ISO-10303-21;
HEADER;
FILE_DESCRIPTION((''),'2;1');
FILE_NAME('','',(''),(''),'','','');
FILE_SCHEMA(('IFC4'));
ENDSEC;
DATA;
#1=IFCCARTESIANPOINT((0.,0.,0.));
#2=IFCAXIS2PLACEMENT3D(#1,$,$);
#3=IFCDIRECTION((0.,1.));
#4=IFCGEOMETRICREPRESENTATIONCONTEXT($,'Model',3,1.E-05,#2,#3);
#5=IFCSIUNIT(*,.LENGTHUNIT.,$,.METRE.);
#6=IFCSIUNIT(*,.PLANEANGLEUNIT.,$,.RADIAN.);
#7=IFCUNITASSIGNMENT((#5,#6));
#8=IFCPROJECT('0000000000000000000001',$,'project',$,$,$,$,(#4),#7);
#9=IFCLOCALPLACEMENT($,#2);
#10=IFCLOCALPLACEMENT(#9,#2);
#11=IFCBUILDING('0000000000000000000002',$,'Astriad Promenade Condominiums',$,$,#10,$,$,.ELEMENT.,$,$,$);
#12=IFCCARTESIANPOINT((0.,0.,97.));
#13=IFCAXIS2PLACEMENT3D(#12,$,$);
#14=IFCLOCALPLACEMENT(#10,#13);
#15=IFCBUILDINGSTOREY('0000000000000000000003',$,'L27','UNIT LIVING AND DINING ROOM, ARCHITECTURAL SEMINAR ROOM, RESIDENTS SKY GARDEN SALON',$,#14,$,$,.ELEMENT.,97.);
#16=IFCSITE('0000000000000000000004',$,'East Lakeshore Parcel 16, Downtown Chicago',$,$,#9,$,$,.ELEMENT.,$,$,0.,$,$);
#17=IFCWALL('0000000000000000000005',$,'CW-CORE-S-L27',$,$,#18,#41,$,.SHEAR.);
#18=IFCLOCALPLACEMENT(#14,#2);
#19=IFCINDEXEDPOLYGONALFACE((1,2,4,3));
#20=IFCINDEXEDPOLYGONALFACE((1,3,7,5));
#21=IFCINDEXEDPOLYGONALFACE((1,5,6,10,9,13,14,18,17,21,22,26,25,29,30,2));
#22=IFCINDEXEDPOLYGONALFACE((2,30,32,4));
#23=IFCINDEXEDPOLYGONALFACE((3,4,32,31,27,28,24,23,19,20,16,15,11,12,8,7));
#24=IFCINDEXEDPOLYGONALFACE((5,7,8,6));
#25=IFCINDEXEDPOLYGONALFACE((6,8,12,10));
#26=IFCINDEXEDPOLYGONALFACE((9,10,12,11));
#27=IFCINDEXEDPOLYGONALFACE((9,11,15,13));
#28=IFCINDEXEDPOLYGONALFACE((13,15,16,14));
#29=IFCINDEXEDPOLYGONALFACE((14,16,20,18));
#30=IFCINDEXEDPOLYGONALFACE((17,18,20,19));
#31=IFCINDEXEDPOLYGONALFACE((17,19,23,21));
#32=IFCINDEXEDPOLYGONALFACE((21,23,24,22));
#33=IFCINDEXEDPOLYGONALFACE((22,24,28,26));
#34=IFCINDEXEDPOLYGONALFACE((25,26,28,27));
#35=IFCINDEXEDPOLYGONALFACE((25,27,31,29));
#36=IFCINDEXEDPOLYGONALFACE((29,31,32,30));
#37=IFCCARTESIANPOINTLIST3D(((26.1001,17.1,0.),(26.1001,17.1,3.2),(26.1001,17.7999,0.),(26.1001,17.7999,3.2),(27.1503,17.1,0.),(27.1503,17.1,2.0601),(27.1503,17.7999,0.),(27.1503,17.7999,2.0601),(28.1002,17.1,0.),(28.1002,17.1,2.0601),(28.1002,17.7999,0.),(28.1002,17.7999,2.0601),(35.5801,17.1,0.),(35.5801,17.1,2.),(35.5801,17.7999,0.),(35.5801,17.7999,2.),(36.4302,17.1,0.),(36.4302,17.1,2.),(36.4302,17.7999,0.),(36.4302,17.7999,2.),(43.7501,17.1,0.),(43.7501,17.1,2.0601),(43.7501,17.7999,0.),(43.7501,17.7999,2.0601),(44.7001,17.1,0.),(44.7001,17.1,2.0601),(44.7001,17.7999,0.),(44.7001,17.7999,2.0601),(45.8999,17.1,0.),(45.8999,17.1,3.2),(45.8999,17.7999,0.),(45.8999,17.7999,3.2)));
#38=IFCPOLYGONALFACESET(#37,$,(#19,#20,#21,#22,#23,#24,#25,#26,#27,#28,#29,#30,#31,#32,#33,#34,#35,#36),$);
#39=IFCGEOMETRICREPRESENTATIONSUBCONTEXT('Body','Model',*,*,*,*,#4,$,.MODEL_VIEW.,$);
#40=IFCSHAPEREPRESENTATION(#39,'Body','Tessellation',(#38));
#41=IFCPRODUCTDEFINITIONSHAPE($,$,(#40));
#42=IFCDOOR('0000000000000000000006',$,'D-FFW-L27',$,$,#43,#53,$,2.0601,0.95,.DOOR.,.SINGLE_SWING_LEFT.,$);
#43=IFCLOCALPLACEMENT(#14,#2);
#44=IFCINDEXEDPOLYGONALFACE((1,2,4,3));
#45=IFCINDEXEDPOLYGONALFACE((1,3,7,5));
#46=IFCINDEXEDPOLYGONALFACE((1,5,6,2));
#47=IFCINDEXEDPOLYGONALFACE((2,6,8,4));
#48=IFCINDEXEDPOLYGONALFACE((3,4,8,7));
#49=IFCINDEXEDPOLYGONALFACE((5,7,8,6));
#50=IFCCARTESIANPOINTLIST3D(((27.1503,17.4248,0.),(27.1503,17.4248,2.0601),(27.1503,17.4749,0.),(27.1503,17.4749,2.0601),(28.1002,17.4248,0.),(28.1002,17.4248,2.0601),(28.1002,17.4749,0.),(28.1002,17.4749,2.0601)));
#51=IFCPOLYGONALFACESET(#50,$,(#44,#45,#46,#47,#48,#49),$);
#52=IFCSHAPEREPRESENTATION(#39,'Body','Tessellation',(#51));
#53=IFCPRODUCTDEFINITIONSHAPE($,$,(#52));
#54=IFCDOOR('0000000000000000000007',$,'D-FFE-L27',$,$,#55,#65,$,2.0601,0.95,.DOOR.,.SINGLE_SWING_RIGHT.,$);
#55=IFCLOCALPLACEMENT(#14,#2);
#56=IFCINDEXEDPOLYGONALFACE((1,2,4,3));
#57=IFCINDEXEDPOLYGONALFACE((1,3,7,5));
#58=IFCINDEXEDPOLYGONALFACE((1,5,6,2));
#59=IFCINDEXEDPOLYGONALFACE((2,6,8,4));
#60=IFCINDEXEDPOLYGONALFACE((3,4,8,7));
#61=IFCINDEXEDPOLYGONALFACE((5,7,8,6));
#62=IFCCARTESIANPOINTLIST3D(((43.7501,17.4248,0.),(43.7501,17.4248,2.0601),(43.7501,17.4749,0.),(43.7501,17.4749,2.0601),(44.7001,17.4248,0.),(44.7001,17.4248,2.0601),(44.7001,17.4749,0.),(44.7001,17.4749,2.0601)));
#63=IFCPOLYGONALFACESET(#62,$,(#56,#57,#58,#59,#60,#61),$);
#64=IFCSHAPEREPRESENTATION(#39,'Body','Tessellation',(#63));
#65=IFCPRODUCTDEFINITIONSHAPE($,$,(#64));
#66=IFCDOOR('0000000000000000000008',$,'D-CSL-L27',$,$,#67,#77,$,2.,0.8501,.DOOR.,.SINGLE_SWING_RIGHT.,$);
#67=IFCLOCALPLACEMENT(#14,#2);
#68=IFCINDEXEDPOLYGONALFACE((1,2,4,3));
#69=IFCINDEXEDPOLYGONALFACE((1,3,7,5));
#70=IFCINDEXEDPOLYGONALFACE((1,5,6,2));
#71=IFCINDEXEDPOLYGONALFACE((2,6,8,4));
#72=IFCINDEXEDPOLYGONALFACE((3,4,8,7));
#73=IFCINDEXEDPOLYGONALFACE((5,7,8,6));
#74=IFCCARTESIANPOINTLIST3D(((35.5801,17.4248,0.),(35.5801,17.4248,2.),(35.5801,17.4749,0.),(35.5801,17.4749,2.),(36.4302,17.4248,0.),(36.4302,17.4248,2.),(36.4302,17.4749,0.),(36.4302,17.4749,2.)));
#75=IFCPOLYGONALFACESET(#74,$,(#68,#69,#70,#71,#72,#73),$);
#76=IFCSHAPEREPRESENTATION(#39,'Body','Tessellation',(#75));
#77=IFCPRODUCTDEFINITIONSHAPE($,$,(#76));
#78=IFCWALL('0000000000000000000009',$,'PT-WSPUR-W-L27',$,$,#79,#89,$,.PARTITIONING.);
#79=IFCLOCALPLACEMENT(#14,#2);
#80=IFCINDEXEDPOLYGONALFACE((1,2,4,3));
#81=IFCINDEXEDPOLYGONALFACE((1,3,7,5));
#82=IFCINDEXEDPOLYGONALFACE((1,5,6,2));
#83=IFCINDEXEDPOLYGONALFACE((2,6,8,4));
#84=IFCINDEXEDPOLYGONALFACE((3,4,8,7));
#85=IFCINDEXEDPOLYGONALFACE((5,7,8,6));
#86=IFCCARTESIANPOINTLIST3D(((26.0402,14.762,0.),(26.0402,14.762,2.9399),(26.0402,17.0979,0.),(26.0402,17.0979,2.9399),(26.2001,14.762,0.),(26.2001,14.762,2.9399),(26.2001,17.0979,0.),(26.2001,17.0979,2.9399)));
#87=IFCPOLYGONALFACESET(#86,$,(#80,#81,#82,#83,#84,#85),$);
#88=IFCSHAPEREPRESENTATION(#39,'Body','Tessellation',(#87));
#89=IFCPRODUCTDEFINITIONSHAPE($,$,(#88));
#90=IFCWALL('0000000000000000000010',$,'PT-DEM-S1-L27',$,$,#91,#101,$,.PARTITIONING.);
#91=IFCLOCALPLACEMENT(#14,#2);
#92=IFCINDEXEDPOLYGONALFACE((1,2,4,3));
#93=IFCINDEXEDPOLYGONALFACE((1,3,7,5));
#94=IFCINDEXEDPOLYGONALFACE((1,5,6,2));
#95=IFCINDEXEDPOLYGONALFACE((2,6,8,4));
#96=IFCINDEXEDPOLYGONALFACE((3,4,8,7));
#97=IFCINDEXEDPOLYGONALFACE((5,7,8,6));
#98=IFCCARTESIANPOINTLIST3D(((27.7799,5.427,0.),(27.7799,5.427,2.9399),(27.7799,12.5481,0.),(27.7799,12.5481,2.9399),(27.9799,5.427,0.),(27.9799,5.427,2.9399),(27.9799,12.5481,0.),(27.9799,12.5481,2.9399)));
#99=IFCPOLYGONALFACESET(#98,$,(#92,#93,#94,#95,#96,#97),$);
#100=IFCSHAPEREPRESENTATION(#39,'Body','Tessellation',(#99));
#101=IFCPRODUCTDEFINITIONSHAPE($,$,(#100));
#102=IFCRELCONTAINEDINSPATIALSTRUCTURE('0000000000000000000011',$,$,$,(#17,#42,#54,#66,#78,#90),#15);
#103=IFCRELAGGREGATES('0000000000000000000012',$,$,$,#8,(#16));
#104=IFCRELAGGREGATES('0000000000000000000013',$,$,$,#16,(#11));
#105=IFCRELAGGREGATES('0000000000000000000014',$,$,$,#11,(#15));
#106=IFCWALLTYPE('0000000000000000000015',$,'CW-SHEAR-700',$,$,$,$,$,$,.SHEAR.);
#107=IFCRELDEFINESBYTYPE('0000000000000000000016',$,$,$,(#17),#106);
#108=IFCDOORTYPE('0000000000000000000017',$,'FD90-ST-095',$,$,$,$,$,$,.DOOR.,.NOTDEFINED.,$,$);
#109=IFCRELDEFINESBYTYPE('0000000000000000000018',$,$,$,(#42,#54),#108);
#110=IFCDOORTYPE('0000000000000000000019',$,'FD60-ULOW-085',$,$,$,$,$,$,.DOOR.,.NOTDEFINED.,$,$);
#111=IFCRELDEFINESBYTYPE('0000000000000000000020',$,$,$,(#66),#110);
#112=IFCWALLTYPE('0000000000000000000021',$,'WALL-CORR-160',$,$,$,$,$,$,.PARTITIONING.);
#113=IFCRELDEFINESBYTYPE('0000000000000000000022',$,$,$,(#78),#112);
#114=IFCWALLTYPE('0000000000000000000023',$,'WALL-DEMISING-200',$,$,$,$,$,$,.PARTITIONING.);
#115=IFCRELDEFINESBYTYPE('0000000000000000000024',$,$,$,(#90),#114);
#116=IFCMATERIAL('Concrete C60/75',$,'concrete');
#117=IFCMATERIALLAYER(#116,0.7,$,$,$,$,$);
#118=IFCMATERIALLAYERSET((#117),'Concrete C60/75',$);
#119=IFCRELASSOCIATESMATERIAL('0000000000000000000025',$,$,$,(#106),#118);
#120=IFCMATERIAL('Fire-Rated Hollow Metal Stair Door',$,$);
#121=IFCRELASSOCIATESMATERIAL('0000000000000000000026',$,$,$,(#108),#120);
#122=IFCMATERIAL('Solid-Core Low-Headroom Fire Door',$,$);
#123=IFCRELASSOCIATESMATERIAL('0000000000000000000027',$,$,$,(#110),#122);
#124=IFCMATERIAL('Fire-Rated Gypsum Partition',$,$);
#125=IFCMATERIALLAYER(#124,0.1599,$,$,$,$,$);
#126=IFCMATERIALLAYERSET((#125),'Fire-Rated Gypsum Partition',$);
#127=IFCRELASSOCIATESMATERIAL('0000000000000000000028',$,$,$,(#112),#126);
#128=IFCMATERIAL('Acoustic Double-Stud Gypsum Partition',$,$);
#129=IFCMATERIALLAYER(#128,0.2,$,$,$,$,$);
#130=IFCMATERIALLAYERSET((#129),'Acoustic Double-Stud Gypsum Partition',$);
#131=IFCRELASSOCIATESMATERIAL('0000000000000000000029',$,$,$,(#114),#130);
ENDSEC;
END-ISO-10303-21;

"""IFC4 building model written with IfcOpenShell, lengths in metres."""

from ifc_helpers import new_model, si_unit, direction, frame, frame_2d, origin, place, context, subcontext, project, spatial, rectangle, extrude, source, transform, mapped, material, layer, layer_set, type_object, type_shapes, element, fill, save


model = new_model("IFC4")

# Units and contexts
model_context = context("Model", 3, precision=1e-05, world=origin(), true_north=direction((0.0, 1.0)))
body_context = subcontext(model_context, "Body", "Model", "MODEL_VIEW")
ifc_project = project(units=[si_unit("LENGTHUNIT", "METRE"), si_unit("PLANEANGLEUNIT", "RADIAN")], contexts=[model_context])

# Site, building, storey
site_placement = place(None, origin())
site = spatial("IfcSite", under=ifc_project, at=site_placement, Name="East Lakeshore Parcel 16, Downtown Chicago", CompositionType="ELEMENT", RefElevation=0.0)
building_placement = place(site_placement, origin())
building = spatial("IfcBuilding", under=site, at=building_placement, Name="Astriad Promenade Condominiums", CompositionType="ELEMENT")
storey_placement = place(building_placement, frame((0.0, 0.0, 97.0)))
storey = spatial("IfcBuildingStorey", under=building, at=storey_placement, Name="L27", Description="UNIT LIVING AND DINING ROOM, ARCHITECTURAL SEMINAR ROOM, RESIDENTS SKY GARDEN SALON", CompositionType="ELEMENT", Elevation=97.0)

# Shared definitions
ifc_material_1 = material(Name="Concrete C60/75", Category="concrete")

# Wall, openings, doors
ifc_layer_1 = layer(ifc_material_1, 0.7)
ifc_layer_set_1 = layer_set([ifc_layer_1], Name="Concrete C60/75")
wall_type_1 = type_object("IfcWallType", Name="CW-SHEAR-700", PredefinedType="SHEAR", material=ifc_layer_set_1)
wall_1_placement = place(storey_placement, frame((26.1001, 17.45, 0.0), z_axis=(0.0, 0.0, 1.0), x_axis=(1.0, 0.0, 0.0)))
wall_1 = element("IfcWall", 1, at=wall_1_placement, inside=storey, type_object=wall_type_1, Name="CW-CORE-S-L27", PredefinedType="SHEAR", context=body_context, shape_type="SweptSolid", body=[
    extrude(rectangle(XDim=19.7998, YDim=0.7, at=frame_2d((9.8999, 0.0))), origin(), (0.0, 0.0, 1.0), 3.2),
])
opening_1_placement = place(wall_1_placement, frame((1.05, 0.0, 0.0)))
opening_1 = element("IfcOpeningElement", 2, at=opening_1_placement, cuts=wall_1, PredefinedType="OPENING", context=body_context, shape_type="SweptSolid", body=[
    extrude(rectangle(XDim=0.95, YDim=2.0601, at=frame_2d((0.4751, 1.03))), frame((0.0, 0.3599, 0.0), z_axis=(0.0, -1.0, 0.0), x_axis=(1.0, 0.0, 0.0)), (0.0, 0.0, 1.0), 0.72),
])
opening_2_placement = place(wall_1_placement, frame((9.48, 0.0, 0.0)))
opening_2 = element("IfcOpeningElement", 3, at=opening_2_placement, cuts=wall_1, PredefinedType="OPENING", context=body_context, shape_type="SweptSolid", body=[
    extrude(rectangle(XDim=0.8501, YDim=2.0, at=frame_2d((0.425, 1.0))), frame((0.0, 0.3599, 0.0), z_axis=(0.0, -1.0, 0.0), x_axis=(1.0, 0.0, 0.0)), (0.0, 0.0, 1.0), 0.72),
])
opening_3_placement = place(wall_1_placement, frame((17.6499, 0.0, 0.0)))
opening_3 = element("IfcOpeningElement", 4, at=opening_3_placement, cuts=wall_1, PredefinedType="OPENING", context=body_context, shape_type="SweptSolid", body=[
    extrude(rectangle(XDim=0.95, YDim=2.0601, at=frame_2d((0.4751, 1.03))), frame((0.0, 0.3599, 0.0), z_axis=(0.0, -1.0, 0.0), x_axis=(1.0, 0.0, 0.0)), (0.0, 0.0, 1.0), 0.72),
])
ifc_material_2 = material(Name="Fire-Rated Hollow Metal Stair Door")
door_type_1 = type_object("IfcDoorType", Name="FD90-ST-095", OperationType="NOTDEFINED", PredefinedType="DOOR", material=ifc_material_2)
shared_shape_1 = source(origin(), body_context, "Body", "SweptSolid", [
    extrude(rectangle(XDim=0.95, YDim=2.0601, at=frame_2d((0.4751, 1.03))), frame((0.0, 0.0249, 0.0), z_axis=(0.0, -1.0, 0.0), x_axis=(1.0, 0.0, 0.0)), (0.0, 0.0, 1.0), 0.05),
])
type_shapes(door_type_1, [shared_shape_1])
door_1_placement = place(opening_1_placement, origin())
door_1 = element("IfcDoor", 5, at=door_1_placement, inside=storey, type_object=door_type_1, Name="D-FFW-L27", OperationType="SINGLE_SWING_LEFT", OverallHeight=2.0601, OverallWidth=0.95, PredefinedType="DOOR", context=body_context, shape_type="MappedRepresentation", body=[
    mapped(shared_shape_1, transform((0.0, 0.0, 0.0), scale=1.0)),
])
fill(opening_1, door_1)
door_2_placement = place(opening_3_placement, origin())
door_2 = element("IfcDoor", 6, at=door_2_placement, inside=storey, type_object=door_type_1, Name="D-FFE-L27", OperationType="SINGLE_SWING_RIGHT", OverallHeight=2.0601, OverallWidth=0.95, PredefinedType="DOOR", context=body_context, shape_type="MappedRepresentation", body=[
    mapped(shared_shape_1, transform((0.0, 0.0, 0.0), scale=1.0)),
])
fill(opening_3, door_2)
ifc_material_3 = material(Name="Solid-Core Low-Headroom Fire Door")
door_type_2 = type_object("IfcDoorType", Name="FD60-ULOW-085", OperationType="NOTDEFINED", PredefinedType="DOOR", material=ifc_material_3)
shared_shape_2 = source(origin(), body_context, "Body", "SweptSolid", [
    extrude(rectangle(XDim=0.8501, YDim=2.0, at=frame_2d((0.425, 1.0))), frame((0.0, 0.0249, 0.0), z_axis=(0.0, -1.0, 0.0), x_axis=(1.0, 0.0, 0.0)), (0.0, 0.0, 1.0), 0.05),
])
type_shapes(door_type_2, [shared_shape_2])
door_3_placement = place(opening_2_placement, origin())
door_3 = element("IfcDoor", 7, at=door_3_placement, inside=storey, type_object=door_type_2, Name="D-CSL-L27", OperationType="SINGLE_SWING_RIGHT", OverallHeight=2.0, OverallWidth=0.8501, PredefinedType="DOOR", context=body_context, shape_type="MappedRepresentation", body=[
    mapped(shared_shape_2, transform((0.0, 0.0, 0.0), scale=1.0)),
])
fill(opening_2, door_3)

# Walls
ifc_material_4 = material(Name="Fire-Rated Gypsum Partition")
ifc_layer_2 = layer(ifc_material_4, 0.1599)
ifc_layer_set_2 = layer_set([ifc_layer_2], Name="Fire-Rated Gypsum Partition")
wall_type_2 = type_object("IfcWallType", Name="WALL-CORR-160", PredefinedType="PARTITIONING", material=ifc_layer_set_2)
wall_2_placement = place(storey_placement, frame((26.1201, 14.762, 0.0), z_axis=(0.0, 0.0, 1.0), x_axis=(0.0, 1.0, 0.0)))
element("IfcWall", 8, at=wall_2_placement, inside=storey, type_object=wall_type_2, Name="PT-WSPUR-W-L27", PredefinedType="PARTITIONING", context=body_context, shape_type="SweptSolid", body=[
    extrude(rectangle(XDim=2.3359, YDim=0.1599, at=frame_2d((1.168, 0.0))), origin(), (0.0, 0.0, 1.0), 2.9399),
])
ifc_material_5 = material(Name="Acoustic Double-Stud Gypsum Partition")
ifc_layer_3 = layer(ifc_material_5, 0.2)
ifc_layer_set_3 = layer_set([ifc_layer_3], Name="Acoustic Double-Stud Gypsum Partition")
wall_type_3 = type_object("IfcWallType", Name="WALL-DEMISING-200", PredefinedType="PARTITIONING", material=ifc_layer_set_3)
wall_3_placement = place(storey_placement, frame((27.8799, 5.427, 0.0), z_axis=(0.0, 0.0, 1.0), x_axis=(0.0, 1.0, 0.0)))
element("IfcWall", 9, at=wall_3_placement, inside=storey, type_object=wall_type_3, Name="PT-DEM-S1-L27", PredefinedType="PARTITIONING", context=body_context, shape_type="SweptSolid", body=[
    extrude(rectangle(XDim=7.1211, YDim=0.2, at=frame_2d((3.5605, 0.0))), origin(), (0.0, 0.0, 1.0), 2.9399),
])

save(model, "model.ifc")
